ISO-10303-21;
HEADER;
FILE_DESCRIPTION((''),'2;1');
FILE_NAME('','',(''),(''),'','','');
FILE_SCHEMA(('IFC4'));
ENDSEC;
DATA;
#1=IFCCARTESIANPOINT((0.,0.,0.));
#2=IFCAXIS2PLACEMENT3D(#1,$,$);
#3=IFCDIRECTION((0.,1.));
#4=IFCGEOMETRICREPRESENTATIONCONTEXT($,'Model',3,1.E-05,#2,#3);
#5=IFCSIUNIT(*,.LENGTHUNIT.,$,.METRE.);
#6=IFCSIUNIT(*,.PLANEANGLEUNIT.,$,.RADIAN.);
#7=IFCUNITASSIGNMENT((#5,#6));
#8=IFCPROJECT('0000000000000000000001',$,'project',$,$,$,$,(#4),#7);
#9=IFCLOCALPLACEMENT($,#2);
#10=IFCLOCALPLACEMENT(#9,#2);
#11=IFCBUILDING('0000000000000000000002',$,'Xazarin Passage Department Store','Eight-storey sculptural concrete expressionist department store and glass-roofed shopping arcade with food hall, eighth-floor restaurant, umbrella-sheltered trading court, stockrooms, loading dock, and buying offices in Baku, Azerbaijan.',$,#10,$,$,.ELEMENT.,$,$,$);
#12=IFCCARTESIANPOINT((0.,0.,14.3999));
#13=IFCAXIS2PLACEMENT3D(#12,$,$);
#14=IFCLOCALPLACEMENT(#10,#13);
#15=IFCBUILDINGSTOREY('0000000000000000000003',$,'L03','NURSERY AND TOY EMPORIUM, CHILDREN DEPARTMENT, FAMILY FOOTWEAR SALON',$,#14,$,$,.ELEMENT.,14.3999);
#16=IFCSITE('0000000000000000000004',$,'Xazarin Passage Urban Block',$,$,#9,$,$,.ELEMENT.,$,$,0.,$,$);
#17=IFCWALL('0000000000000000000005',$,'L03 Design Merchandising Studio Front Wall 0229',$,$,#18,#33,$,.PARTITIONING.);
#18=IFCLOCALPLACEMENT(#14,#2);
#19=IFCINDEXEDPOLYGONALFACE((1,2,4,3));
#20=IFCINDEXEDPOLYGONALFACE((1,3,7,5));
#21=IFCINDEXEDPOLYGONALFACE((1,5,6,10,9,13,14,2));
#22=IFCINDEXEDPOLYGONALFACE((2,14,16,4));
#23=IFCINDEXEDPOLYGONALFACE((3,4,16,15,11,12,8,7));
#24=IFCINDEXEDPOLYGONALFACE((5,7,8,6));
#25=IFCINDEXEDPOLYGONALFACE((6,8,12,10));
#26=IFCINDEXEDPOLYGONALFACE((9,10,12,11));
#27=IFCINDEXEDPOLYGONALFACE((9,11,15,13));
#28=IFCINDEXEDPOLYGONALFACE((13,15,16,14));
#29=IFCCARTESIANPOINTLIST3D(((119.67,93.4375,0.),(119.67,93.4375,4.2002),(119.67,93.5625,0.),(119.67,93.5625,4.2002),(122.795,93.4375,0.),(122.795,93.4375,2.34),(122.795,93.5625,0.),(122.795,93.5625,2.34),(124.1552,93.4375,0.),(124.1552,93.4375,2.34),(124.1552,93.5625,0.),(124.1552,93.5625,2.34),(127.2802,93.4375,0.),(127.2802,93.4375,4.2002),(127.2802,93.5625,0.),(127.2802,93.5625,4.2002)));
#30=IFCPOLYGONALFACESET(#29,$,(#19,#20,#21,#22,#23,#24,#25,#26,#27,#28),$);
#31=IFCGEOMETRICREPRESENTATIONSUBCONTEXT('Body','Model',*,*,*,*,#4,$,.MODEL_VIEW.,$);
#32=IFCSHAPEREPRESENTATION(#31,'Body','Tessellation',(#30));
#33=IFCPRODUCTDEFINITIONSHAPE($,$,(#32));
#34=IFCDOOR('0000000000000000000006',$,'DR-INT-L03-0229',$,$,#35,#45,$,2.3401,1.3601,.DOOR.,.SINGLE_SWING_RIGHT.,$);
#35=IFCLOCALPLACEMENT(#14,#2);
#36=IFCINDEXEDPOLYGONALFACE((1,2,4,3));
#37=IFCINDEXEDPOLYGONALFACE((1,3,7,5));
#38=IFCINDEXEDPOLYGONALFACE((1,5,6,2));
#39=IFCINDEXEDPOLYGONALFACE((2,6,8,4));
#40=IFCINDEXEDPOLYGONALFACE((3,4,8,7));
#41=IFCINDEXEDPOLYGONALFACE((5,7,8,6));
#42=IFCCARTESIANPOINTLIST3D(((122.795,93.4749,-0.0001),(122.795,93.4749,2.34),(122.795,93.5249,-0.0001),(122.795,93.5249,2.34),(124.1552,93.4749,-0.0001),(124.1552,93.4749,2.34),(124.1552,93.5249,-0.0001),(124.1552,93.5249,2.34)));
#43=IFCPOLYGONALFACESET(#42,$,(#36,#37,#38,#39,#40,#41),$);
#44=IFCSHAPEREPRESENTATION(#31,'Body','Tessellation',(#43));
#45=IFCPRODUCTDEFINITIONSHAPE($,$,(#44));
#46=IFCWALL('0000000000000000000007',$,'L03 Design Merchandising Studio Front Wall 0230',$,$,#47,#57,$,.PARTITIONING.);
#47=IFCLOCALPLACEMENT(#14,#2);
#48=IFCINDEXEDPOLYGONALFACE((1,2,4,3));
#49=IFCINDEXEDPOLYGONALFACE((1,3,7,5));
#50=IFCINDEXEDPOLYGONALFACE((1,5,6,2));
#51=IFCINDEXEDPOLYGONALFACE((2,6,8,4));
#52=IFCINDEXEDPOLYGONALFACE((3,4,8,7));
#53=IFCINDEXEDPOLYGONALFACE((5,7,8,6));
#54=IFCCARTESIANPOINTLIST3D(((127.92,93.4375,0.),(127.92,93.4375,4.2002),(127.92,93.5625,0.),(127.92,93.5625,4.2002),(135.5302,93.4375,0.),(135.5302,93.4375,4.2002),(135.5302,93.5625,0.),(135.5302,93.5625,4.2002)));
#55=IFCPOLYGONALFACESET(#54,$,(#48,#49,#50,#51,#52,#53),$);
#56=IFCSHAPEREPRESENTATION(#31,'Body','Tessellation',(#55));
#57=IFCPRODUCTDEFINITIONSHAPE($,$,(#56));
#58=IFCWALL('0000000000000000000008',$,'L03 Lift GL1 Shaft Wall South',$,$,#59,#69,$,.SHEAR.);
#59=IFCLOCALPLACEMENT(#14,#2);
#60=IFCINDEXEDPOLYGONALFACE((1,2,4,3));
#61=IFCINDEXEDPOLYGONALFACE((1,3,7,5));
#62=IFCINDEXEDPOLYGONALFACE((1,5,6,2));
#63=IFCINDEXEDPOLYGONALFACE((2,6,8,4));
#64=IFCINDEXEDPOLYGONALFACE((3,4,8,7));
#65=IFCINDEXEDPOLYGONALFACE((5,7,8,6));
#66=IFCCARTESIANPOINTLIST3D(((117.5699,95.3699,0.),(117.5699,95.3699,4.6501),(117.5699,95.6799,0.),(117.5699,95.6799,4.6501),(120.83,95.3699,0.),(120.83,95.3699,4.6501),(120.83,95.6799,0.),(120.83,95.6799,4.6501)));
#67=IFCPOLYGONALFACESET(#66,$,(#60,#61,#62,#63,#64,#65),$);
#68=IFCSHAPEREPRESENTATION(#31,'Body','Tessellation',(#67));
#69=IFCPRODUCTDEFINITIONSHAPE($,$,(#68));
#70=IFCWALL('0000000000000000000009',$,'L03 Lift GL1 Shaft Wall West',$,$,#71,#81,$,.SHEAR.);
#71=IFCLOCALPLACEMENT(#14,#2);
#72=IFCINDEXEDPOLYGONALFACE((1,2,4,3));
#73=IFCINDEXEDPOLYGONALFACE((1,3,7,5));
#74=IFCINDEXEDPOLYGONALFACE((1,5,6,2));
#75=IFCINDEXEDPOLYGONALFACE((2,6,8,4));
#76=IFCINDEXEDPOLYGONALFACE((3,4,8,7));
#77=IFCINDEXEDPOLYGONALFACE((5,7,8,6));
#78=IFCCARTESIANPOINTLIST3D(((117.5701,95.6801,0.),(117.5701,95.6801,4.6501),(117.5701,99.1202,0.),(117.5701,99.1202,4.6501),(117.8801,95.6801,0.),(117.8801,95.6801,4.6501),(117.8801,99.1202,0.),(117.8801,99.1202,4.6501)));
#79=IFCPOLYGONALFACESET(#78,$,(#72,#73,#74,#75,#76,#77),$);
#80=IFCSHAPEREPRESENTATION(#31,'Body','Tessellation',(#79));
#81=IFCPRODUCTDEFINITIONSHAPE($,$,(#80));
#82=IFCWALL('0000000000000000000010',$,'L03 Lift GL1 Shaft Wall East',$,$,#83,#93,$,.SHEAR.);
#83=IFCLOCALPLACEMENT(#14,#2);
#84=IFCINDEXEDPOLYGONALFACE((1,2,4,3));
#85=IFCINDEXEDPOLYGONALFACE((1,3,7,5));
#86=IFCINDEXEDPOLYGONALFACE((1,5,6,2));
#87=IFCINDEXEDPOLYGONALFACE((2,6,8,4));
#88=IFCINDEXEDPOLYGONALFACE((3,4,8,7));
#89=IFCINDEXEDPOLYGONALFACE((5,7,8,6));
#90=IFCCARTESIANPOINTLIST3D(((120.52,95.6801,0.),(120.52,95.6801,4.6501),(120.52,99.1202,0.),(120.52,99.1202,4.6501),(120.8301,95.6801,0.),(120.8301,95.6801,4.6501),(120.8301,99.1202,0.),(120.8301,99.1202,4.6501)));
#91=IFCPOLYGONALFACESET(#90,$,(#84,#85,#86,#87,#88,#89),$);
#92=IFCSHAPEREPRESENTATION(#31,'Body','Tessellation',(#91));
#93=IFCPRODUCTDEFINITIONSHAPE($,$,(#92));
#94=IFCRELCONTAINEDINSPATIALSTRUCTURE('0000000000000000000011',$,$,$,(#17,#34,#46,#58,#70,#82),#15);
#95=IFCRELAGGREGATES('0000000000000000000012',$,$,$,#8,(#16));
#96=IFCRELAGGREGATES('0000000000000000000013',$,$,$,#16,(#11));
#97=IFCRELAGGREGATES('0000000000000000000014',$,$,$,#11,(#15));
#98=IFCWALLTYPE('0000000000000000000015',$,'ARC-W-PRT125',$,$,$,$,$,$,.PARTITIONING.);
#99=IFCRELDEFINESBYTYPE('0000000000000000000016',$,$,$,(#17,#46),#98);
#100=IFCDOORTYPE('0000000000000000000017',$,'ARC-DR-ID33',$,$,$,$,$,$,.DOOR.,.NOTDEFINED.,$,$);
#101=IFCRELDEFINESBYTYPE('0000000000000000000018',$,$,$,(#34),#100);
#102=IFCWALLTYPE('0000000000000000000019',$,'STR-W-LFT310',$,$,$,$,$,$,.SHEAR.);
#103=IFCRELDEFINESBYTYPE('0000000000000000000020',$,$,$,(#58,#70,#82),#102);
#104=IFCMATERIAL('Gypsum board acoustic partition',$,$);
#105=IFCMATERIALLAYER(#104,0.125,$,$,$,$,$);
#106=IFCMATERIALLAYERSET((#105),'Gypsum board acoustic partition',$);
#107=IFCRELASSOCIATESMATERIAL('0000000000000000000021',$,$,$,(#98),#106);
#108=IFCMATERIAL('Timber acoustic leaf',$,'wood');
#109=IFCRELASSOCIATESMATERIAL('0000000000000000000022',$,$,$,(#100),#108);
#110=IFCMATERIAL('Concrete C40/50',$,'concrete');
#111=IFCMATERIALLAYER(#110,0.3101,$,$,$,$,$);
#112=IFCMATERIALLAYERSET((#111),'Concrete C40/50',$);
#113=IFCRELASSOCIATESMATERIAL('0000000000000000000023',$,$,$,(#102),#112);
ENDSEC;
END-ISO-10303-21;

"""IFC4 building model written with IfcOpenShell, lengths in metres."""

from ifc_helpers import new_model, si_unit, direction, frame, frame_2d, origin, place, context, subcontext, project, spatial, rectangle, extrude, material, layer, layer_set, type_object, element, fill, save


model = new_model("IFC4")

# Units and contexts
model_context = context("Model", 3, precision=1e-05, world=origin(), true_north=direction((0.0, 1.0)))
body_context = subcontext(model_context, "Body", "Model", "MODEL_VIEW")
ifc_project = project(units=[si_unit("LENGTHUNIT", "METRE"), si_unit("PLANEANGLEUNIT", "RADIAN")], contexts=[model_context])

# Site, building, storey
site_placement = place(None, origin())
site = spatial("IfcSite", under=ifc_project, at=site_placement, Name="Xazarin Passage Urban Block", CompositionType="ELEMENT", RefElevation=0.0)
building_placement = place(site_placement, origin())
building = spatial("IfcBuilding", under=site, at=building_placement, Name="Xazarin Passage Department Store", Description="Eight-storey sculptural concrete expressionist department store and glass-roofed shopping arcade with food hall, eighth-floor restaurant, umbrella-sheltered trading court, stockrooms, loading dock, and buying offices in Baku, Azerbaijan.", CompositionType="ELEMENT")
storey_placement = place(building_placement, frame((0.0, 0.0, 14.3999)))
storey = spatial("IfcBuildingStorey", under=building, at=storey_placement, Name="L03", Description="NURSERY AND TOY EMPORIUM, CHILDREN DEPARTMENT, FAMILY FOOTWEAR SALON", CompositionType="ELEMENT", Elevation=14.3999)

# Shared definitions
ifc_material_1 = material(Name="Concrete C40/50", Category="concrete")

# Wall, opening, door
ifc_material_2 = material(Name="Timber acoustic leaf", Category="wood")
ifc_material_3 = material(Name="Gypsum board acoustic partition")
ifc_layer_1 = layer(ifc_material_3, 0.125)
ifc_layer_set_1 = layer_set([ifc_layer_1], Name="Gypsum board acoustic partition")
wall_type_1 = type_object("IfcWallType", Name="ARC-W-PRT125", PredefinedType="PARTITIONING", material=ifc_layer_set_1)
wall_1_placement = place(storey_placement, frame((119.6699, 93.5, 0.0), z_axis=(0.0, 0.0, 1.0), x_axis=(1.0, 0.0, 0.0)))
wall_1 = element("IfcWall", 1, at=wall_1_placement, inside=storey, type_object=wall_type_1, Name="L03 Design Merchandising Studio Front Wall 0229", PredefinedType="PARTITIONING", context=body_context, shape_type="SweptSolid", body=[
    extrude(rectangle(XDim=7.6101, YDim=0.125, at=frame_2d((3.8052, 0.0))), origin(), (0.0, 0.0, 1.0), 4.2002),
])
opening_1_placement = place(wall_1_placement, frame((3.125, 0.0, 0.0)))
opening_1 = element("IfcOpeningElement", 2, at=opening_1_placement, cuts=wall_1, PredefinedType="OPENING", context=body_context, shape_type="SweptSolid", body=[
    extrude(rectangle(XDim=1.3601, YDim=2.3401, at=frame_2d((0.6802, 1.1699))), frame((0.0, 0.0725, 0.0), z_axis=(0.0, -1.0, 0.0), x_axis=(1.0, 0.0, 0.0)), (0.0, 0.0, 1.0), 0.145),
])
door_type_1 = type_object("IfcDoorType", Name="ARC-DR-ID33", OperationType="NOTDEFINED", PredefinedType="DOOR", material=ifc_material_2)
door_1_placement = place(opening_1_placement, origin())
door_1 = element("IfcDoor", 3, at=door_1_placement, inside=storey, type_object=door_type_1, Name="DR-INT-L03-0229", OperationType="SINGLE_SWING_RIGHT", OverallHeight=2.3401, OverallWidth=1.3601, PredefinedType="DOOR", context=body_context, shape_type="SweptSolid", body=[
    extrude(rectangle(XDim=1.3601, YDim=2.3401, at=frame_2d((0.6802, 1.1699))), frame((0.0, 0.0249, 0.0), z_axis=(0.0, -1.0, 0.0), x_axis=(1.0, 0.0, 0.0)), (0.0, 0.0, 1.0), 0.05),
])
fill(opening_1, door_1)

# Wall
wall_2_placement = place(storey_placement, frame((127.9199, 93.5, 0.0), z_axis=(0.0, 0.0, 1.0), x_axis=(1.0, 0.0, 0.0)))
element("IfcWall", 4, at=wall_2_placement, inside=storey, type_object=wall_type_1, Name="L03 Design Merchandising Studio Front Wall 0230", PredefinedType="PARTITIONING", context=body_context, shape_type="SweptSolid", body=[
    extrude(rectangle(XDim=7.6101, YDim=0.125, at=frame_2d((3.8052, 0.0))), origin(), (0.0, 0.0, 1.0), 4.2002),
])

# Walls
ifc_layer_2 = layer(ifc_material_1, 0.3101)
ifc_layer_set_2 = layer_set([ifc_layer_2], Name="Concrete C40/50")
wall_type_2 = type_object("IfcWallType", Name="STR-W-LFT310", PredefinedType="SHEAR", material=ifc_layer_set_2)
wall_3_placement = place(storey_placement, frame((117.5701, 95.5249, 0.0), z_axis=(0.0, 0.0, 1.0), x_axis=(1.0, 0.0, 0.0)))
element("IfcWall", 5, at=wall_3_placement, inside=storey, type_object=wall_type_2, Name="L03 Lift GL1 Shaft Wall South", PredefinedType="SHEAR", context=body_context, shape_type="SweptSolid", body=[
    extrude(rectangle(XDim=3.26, YDim=0.3101, at=frame_2d((1.6299, 0.0))), origin(), (0.0, 0.0, 1.0), 4.6501),
])
for number, where, z_axis, x_axis, name in (
    (6, (117.7251, 95.6799, 0.0), (0.0, 0.0, 1.0), (0.0, 1.0, 0.0), "L03 Lift GL1 Shaft Wall West"),
    (7, (120.675, 95.6799, 0.0), (0.0, 0.0, 1.0), (0.0, 1.0, 0.0), "L03 Lift GL1 Shaft Wall East"),
):
    element("IfcWall", number, at=place(storey_placement, frame(where, z_axis=z_axis, x_axis=x_axis)), inside=storey, type_object=wall_type_2, Name=name, PredefinedType="SHEAR", context=body_context, shape_type="SweptSolid", body=[
        extrude(rectangle(XDim=3.4402, YDim=0.3101, at=frame_2d((1.7202, 0.0))), origin(), (0.0, 0.0, 1.0), 4.6501),
    ])

save(model, "model.ifc")
